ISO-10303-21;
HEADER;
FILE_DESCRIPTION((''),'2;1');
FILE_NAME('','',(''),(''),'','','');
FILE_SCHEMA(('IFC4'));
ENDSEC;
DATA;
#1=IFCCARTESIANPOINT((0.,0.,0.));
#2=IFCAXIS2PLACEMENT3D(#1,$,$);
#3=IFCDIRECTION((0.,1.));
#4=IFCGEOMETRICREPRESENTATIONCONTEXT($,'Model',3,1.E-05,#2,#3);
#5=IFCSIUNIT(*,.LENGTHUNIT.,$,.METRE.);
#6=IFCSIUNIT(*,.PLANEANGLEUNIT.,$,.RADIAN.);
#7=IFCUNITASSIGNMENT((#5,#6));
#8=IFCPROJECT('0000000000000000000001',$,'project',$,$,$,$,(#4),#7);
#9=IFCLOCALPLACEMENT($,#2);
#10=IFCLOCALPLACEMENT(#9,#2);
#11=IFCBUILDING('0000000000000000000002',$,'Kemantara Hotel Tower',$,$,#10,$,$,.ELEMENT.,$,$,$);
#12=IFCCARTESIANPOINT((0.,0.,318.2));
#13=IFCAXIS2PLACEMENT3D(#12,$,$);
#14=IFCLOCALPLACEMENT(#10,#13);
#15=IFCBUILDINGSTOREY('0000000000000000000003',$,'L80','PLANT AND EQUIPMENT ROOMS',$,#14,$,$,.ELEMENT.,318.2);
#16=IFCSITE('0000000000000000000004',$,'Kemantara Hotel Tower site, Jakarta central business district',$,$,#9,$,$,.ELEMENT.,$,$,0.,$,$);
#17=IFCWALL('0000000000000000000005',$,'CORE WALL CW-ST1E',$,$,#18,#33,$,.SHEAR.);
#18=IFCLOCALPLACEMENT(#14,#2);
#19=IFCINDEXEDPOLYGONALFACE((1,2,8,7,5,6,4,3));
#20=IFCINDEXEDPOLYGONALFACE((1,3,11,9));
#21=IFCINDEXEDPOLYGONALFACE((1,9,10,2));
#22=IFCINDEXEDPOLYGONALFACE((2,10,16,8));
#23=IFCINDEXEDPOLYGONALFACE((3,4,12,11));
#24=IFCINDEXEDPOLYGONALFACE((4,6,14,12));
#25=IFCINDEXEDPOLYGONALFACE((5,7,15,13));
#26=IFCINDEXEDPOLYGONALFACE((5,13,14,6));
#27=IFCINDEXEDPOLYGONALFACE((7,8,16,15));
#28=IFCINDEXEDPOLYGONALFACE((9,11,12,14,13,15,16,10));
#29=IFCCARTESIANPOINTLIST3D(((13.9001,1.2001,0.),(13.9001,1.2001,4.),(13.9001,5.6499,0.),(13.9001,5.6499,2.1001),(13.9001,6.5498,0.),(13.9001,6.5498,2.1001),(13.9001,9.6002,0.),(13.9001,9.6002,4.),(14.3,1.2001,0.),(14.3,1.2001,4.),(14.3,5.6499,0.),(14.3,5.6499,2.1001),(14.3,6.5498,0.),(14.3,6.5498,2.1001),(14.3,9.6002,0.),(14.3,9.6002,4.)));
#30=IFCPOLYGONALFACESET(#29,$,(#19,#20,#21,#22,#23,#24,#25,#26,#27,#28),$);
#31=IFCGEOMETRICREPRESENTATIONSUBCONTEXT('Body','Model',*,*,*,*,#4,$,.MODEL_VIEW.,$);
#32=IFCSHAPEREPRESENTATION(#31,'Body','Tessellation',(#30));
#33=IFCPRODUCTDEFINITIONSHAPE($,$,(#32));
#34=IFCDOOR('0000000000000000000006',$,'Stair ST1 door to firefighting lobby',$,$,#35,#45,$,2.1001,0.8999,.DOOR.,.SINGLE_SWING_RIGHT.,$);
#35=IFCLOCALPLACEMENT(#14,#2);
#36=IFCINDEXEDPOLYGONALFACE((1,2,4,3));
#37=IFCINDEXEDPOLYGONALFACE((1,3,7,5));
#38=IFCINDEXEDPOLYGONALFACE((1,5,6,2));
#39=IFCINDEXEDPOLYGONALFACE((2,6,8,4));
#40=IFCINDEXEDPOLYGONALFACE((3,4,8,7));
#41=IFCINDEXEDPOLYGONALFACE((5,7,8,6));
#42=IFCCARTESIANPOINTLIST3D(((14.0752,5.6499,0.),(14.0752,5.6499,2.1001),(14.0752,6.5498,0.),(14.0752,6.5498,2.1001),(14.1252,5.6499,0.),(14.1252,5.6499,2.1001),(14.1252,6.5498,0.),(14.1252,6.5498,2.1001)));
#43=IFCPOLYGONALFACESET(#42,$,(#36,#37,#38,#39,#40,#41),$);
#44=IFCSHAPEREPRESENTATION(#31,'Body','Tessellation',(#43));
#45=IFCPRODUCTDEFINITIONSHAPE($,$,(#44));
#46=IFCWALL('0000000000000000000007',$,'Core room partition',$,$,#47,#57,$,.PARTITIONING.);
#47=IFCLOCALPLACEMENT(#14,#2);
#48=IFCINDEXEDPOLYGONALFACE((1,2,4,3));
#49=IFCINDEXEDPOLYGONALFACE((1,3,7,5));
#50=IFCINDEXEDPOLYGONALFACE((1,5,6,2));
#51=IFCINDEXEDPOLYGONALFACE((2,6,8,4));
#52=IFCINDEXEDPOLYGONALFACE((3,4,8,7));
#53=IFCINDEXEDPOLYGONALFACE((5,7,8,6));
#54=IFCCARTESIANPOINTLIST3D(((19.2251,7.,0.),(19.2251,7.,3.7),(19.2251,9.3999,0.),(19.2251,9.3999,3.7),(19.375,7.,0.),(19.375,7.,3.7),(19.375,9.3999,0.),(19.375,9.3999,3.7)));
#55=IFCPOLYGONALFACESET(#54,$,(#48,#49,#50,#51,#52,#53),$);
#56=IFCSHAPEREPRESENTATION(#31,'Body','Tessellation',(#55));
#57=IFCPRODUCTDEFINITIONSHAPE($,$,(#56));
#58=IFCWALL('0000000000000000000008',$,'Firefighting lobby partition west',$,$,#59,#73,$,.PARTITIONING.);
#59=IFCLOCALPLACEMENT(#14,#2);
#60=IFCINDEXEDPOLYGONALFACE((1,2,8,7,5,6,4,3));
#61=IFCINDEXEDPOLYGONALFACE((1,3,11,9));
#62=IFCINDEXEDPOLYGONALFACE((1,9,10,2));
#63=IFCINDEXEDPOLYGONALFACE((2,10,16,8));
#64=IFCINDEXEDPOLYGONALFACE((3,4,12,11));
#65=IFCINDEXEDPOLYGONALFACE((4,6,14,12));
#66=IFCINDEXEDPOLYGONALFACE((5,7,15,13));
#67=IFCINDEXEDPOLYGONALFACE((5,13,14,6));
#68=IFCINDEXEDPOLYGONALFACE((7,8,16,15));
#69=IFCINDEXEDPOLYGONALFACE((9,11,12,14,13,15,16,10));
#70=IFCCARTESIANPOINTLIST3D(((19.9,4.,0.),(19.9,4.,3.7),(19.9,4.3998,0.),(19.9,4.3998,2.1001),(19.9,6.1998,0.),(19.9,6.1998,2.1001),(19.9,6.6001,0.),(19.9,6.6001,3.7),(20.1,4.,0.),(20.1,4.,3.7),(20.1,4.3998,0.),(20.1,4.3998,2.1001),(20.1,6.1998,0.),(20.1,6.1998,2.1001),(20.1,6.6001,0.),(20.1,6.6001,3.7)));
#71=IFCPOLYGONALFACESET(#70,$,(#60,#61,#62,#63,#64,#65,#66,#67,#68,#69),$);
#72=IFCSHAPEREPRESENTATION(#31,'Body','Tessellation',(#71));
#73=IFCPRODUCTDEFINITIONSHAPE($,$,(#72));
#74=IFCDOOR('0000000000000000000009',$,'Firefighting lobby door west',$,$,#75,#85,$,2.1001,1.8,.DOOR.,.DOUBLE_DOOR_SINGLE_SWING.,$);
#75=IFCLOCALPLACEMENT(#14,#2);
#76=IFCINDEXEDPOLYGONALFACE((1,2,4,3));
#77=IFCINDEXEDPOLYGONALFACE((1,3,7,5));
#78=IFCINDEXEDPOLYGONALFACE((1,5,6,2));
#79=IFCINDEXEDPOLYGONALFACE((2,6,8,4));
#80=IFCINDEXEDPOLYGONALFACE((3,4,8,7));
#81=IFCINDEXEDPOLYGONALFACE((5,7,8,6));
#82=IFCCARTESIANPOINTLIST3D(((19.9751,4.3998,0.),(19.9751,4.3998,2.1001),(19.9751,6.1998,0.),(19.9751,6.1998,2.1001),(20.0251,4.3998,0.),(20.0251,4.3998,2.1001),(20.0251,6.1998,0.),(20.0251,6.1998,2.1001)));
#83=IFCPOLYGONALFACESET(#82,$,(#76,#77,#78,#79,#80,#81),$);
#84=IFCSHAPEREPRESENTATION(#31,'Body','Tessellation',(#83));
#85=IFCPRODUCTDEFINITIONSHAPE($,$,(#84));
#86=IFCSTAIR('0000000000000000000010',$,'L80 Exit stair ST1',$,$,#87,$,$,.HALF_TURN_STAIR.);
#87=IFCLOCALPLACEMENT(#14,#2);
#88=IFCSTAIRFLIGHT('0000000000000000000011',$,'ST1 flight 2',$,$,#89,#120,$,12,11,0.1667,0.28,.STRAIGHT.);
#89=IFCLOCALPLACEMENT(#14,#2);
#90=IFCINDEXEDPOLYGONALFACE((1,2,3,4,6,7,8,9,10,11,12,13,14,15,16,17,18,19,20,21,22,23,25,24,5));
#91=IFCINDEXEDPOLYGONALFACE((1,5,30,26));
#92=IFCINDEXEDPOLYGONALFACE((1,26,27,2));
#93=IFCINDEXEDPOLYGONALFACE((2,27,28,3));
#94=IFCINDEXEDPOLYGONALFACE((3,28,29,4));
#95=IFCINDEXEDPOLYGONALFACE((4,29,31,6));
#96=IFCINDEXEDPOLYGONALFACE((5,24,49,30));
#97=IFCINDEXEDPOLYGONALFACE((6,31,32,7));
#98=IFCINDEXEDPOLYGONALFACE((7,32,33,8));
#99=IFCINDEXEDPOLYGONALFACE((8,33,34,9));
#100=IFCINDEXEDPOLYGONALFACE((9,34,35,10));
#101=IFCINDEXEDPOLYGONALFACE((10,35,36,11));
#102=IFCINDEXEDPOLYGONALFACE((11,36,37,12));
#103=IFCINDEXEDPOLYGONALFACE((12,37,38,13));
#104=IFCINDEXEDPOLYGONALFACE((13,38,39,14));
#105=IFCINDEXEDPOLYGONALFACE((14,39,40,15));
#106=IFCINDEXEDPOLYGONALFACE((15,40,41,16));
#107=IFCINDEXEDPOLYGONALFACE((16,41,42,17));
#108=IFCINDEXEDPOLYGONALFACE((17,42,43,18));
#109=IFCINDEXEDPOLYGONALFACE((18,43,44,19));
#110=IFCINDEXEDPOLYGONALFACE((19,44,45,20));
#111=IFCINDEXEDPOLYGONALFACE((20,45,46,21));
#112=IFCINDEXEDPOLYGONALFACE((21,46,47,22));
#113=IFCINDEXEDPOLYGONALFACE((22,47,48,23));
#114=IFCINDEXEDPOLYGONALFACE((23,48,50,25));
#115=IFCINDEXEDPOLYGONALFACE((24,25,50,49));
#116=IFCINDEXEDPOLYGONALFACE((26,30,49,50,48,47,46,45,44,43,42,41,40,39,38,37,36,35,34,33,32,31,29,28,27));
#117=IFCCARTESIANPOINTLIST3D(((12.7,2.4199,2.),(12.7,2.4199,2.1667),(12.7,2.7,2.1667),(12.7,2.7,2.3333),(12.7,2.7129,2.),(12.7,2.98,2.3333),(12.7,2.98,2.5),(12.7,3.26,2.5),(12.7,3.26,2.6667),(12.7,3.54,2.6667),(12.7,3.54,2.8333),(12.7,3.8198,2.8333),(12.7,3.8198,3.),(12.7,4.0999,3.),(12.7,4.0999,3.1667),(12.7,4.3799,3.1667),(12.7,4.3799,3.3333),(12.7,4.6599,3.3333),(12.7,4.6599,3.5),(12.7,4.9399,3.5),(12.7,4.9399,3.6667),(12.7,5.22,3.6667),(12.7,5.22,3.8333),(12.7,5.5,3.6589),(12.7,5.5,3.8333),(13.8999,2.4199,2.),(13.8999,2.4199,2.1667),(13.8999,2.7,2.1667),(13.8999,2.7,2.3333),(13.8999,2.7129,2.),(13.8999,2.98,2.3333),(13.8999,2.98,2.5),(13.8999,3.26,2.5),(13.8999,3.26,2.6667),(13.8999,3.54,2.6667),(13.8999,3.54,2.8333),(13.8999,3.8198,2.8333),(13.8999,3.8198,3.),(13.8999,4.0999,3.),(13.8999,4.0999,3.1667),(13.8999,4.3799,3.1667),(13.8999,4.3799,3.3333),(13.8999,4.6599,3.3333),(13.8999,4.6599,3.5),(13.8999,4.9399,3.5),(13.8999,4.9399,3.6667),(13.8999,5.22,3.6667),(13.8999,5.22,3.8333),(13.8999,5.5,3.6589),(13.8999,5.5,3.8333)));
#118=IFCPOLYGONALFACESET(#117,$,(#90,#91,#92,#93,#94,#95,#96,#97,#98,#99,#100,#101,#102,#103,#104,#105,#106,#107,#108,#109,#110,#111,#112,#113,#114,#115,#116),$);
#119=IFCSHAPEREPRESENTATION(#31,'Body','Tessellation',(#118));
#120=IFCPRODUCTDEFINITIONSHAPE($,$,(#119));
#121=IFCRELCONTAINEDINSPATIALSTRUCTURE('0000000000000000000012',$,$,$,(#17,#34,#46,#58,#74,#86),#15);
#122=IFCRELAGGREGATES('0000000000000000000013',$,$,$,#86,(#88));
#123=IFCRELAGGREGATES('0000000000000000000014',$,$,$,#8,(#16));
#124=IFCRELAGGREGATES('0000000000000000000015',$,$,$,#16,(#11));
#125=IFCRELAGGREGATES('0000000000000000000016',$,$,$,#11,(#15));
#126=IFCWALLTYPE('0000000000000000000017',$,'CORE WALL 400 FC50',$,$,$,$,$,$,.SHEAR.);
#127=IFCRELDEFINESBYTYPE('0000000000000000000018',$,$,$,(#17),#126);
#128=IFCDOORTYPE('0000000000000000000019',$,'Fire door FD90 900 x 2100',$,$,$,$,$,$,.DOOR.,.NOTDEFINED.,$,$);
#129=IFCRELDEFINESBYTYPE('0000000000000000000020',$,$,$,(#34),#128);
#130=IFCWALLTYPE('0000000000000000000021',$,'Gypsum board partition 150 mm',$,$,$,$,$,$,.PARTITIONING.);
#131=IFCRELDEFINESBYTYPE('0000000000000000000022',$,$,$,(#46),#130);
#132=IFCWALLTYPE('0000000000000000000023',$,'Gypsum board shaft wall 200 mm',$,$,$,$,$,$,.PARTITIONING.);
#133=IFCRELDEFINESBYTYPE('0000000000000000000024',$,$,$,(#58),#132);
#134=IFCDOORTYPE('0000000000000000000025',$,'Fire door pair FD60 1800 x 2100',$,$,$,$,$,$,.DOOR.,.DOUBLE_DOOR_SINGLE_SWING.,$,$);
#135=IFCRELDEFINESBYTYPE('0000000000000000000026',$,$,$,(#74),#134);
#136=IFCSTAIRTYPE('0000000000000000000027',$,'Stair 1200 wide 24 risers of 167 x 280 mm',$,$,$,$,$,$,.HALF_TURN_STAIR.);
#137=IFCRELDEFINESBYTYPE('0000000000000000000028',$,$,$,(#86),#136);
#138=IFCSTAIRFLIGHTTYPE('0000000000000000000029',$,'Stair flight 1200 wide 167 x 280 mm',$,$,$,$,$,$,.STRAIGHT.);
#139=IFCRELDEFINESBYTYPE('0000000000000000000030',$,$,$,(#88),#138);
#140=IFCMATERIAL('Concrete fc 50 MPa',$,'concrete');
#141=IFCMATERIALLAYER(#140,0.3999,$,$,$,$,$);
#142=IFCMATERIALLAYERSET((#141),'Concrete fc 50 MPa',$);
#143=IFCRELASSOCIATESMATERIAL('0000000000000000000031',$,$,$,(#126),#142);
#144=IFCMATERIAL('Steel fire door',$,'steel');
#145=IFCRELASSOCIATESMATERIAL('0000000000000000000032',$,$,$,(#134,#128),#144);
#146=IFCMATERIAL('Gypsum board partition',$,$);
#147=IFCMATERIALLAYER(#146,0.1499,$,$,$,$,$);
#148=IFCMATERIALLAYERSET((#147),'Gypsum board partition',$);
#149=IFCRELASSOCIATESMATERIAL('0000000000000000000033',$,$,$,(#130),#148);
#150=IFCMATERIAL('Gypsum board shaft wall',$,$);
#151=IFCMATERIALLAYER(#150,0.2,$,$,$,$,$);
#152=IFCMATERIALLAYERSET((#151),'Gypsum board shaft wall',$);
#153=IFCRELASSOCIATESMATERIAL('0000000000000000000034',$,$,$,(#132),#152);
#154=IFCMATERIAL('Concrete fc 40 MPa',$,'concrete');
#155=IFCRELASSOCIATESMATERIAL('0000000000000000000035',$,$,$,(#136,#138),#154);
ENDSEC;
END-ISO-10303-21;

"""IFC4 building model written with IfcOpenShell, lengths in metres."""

from ifc_helpers import new_model, si_unit, direction, frame, frame_2d, origin, place, context, subcontext, project, spatial, polyline, rectangle, outline, extrude, material, layer, layer_set, type_object, element, fill, aggregate, save


model = new_model("IFC4")

# Units and contexts
model_context = context("Model", 3, precision=1e-05, world=origin(), true_north=direction((0.0, 1.0)))
body_context = subcontext(model_context, "Body", "Model", "MODEL_VIEW")
ifc_project = project(units=[si_unit("LENGTHUNIT", "METRE"), si_unit("PLANEANGLEUNIT", "RADIAN")], contexts=[model_context])

# Site, building, storey
site_placement = place(None, origin())
site = spatial("IfcSite", under=ifc_project, at=site_placement, Name="Kemantara Hotel Tower site, Jakarta central business district", CompositionType="ELEMENT", RefElevation=0.0)
building_placement = place(site_placement, origin())
building = spatial("IfcBuilding", under=site, at=building_placement, Name="Kemantara Hotel Tower", CompositionType="ELEMENT")
storey_placement = place(building_placement, frame((0.0, 0.0, 318.2)))
storey = spatial("IfcBuildingStorey", under=building, at=storey_placement, Name="L80", Description="PLANT AND EQUIPMENT ROOMS", CompositionType="ELEMENT", Elevation=318.2)

# Shared definitions
ifc_material_1 = material(Name="Concrete fc 50 MPa", Category="concrete")

# Shared definitions
ifc_layer_1 = layer(ifc_material_1, 0.3999)
ifc_layer_set_1 = layer_set([ifc_layer_1], Name="Concrete fc 50 MPa")
wall_type_1 = type_object("IfcWallType", Name="CORE WALL 400 FC50", PredefinedType="SHEAR", material=ifc_layer_set_1)
ifc_material_2 = material(Name="Steel fire door", Category="steel")
door_type_1 = type_object("IfcDoorType", Name="Fire door pair FD60 1800 x 2100", OperationType="DOUBLE_DOOR_SINGLE_SWING", PredefinedType="DOOR", material=ifc_material_2)

# Wall, opening, door
wall_1_placement = place(storey_placement, frame((14.1001, 1.2, 0.0), z_axis=(0.0, 0.0, 1.0), x_axis=(0.0, 1.0, 0.0)))
wall_1 = element("IfcWall", 1, at=wall_1_placement, inside=storey, type_object=wall_type_1, Name="CORE WALL CW-ST1E", PredefinedType="SHEAR", context=body_context, shape_type="SweptSolid", body=[
    extrude(rectangle(XDim=8.4001, YDim=0.3999, at=frame_2d((4.2002, 0.0))), origin(), (0.0, 0.0, 1.0), 4.0),
])
opening_1_placement = place(wall_1_placement, frame((4.45, 0.0, 0.0)))
opening_1 = element("IfcOpeningElement", 2, at=opening_1_placement, cuts=wall_1, PredefinedType="OPENING", context=body_context, shape_type="SweptSolid", body=[
    extrude(rectangle(XDim=0.8999, YDim=2.1001, at=frame_2d((0.45, 1.05))), frame((0.0, 0.21, 0.0), z_axis=(0.0, -1.0, 0.0), x_axis=(1.0, 0.0, 0.0)), (0.0, 0.0, 1.0), 0.4199),
])
door_type_2 = type_object("IfcDoorType", Name="Fire door FD90 900 x 2100", OperationType="NOTDEFINED", PredefinedType="DOOR", material=ifc_material_2)
door_1_placement = place(opening_1_placement, origin())
door_1 = element("IfcDoor", 3, at=door_1_placement, inside=storey, type_object=door_type_2, Name="Stair ST1 door to firefighting lobby", OperationType="SINGLE_SWING_RIGHT", OverallHeight=2.1001, OverallWidth=0.8999, PredefinedType="DOOR", context=body_context, shape_type="SweptSolid", body=[
    extrude(rectangle(XDim=0.8999, YDim=2.1001, at=frame_2d((0.45, 1.05))), frame((0.0, 0.0249, 0.0), z_axis=(0.0, -1.0, 0.0), x_axis=(1.0, 0.0, 0.0)), (0.0, 0.0, 1.0), 0.05),
])
fill(opening_1, door_1)

# Wall
ifc_material_3 = material(Name="Gypsum board partition")
ifc_layer_2 = layer(ifc_material_3, 0.1499)
ifc_layer_set_2 = layer_set([ifc_layer_2], Name="Gypsum board partition")
wall_type_2 = type_object("IfcWallType", Name="Gypsum board partition 150 mm", PredefinedType="PARTITIONING", material=ifc_layer_set_2)
wall_2_placement = place(storey_placement, frame((19.3, 7.0, 0.0), z_axis=(0.0, 0.0, 1.0), x_axis=(0.0, 1.0, 0.0)))
element("IfcWall", 4, at=wall_2_placement, inside=storey, type_object=wall_type_2, Name="Core room partition", PredefinedType="PARTITIONING", context=body_context, shape_type="SweptSolid", body=[
    extrude(rectangle(XDim=2.3999, YDim=0.1499, at=frame_2d((1.2, 0.0))), origin(), (0.0, 0.0, 1.0), 3.7),
])

# Wall, opening, door
ifc_material_4 = material(Name="Gypsum board shaft wall")
ifc_layer_3 = layer(ifc_material_4, 0.2)
ifc_layer_set_3 = layer_set([ifc_layer_3], Name="Gypsum board shaft wall")
wall_type_3 = type_object("IfcWallType", Name="Gypsum board shaft wall 200 mm", PredefinedType="PARTITIONING", material=ifc_layer_set_3)
wall_3_placement = place(storey_placement, frame((20.0, 4.0, 0.0), z_axis=(0.0, 0.0, 1.0), x_axis=(0.0, 1.0, 0.0)))
wall_3 = element("IfcWall", 5, at=wall_3_placement, inside=storey, type_object=wall_type_3, Name="Firefighting lobby partition west", PredefinedType="PARTITIONING", context=body_context, shape_type="SweptSolid", body=[
    extrude(rectangle(XDim=2.6001, YDim=0.2, at=frame_2d((1.3, 0.0))), origin(), (0.0, 0.0, 1.0), 3.7),
])
opening_2_placement = place(wall_3_placement, frame((0.3999, 0.0, 0.0)))
opening_2 = element("IfcOpeningElement", 6, at=opening_2_placement, cuts=wall_3, PredefinedType="OPENING", context=body_context, shape_type="SweptSolid", body=[
    extrude(rectangle(XDim=1.8, YDim=2.1001, at=frame_2d((0.8999, 1.05))), frame((0.0, 0.1099, 0.0), z_axis=(0.0, -1.0, 0.0), x_axis=(1.0, 0.0, 0.0)), (0.0, 0.0, 1.0), 0.22),
])
door_2_placement = place(opening_2_placement, origin())
door_2 = element("IfcDoor", 7, at=door_2_placement, inside=storey, type_object=door_type_1, Name="Firefighting lobby door west", OperationType="DOUBLE_DOOR_SINGLE_SWING", OverallHeight=2.1001, OverallWidth=1.8, PredefinedType="DOOR", context=body_context, shape_type="SweptSolid", body=[
    extrude(rectangle(XDim=1.8, YDim=2.1001, at=frame_2d((0.8999, 1.05))), frame((0.0, 0.0249, 0.0), z_axis=(0.0, -1.0, 0.0), x_axis=(1.0, 0.0, 0.0)), (0.0, 0.0, 1.0), 0.05),
])
fill(opening_2, door_2)

# Stair, stair flight
ifc_material_5 = material(Name="Concrete fc 40 MPa", Category="concrete")
stair_type = type_object("IfcStairType", Name="Stair 1200 wide 24 risers of 167 x 280 mm", PredefinedType="HALF_TURN_STAIR", material=ifc_material_5)
stair_placement = place(storey_placement, origin())
stair = element("IfcStair", 8, at=stair_placement, inside=storey, type_object=stair_type, Name="L80 Exit stair ST1", PredefinedType="HALF_TURN_STAIR")
stair_flight_type = type_object("IfcStairFlightType", Name="Stair flight 1200 wide 167 x 280 mm", PredefinedType="STRAIGHT", material=ifc_material_5)
stair_flight_placement = place(storey_placement, frame((13.3, 2.4199, 2.0), z_axis=(0.0, 0.0, 1.0), x_axis=(0.0, 1.0, 0.0)))
stair_flight = element("IfcStairFlight", 9, at=stair_flight_placement, type_object=stair_flight_type, Name="ST1 flight 2", NumberOfRisers=12, NumberOfTreads=11, PredefinedType="STRAIGHT", RiserHeight=0.1667, TreadLength=0.28, context=body_context, shape_type="SweptSolid", body=[
    extrude(outline(polyline([(0.0, 0.0), (0.0, 0.1667), (0.28, 0.1667), (0.28, 0.3333), (0.5601, 0.3333), (0.5601, 0.5), (0.8401, 0.5), (0.8401, 0.6667), (1.1201, 0.6667), (1.1201, 0.8333), (1.3999, 0.8333), (1.3999, 1.0), (1.6799, 1.0), (1.6799, 1.1667), (1.96, 1.1667), (1.96, 1.3333), (2.24, 1.3333), (2.24, 1.5), (2.52, 1.5), (2.52, 1.6667), (2.8, 1.6667), (2.8, 1.8333), (3.0801, 1.8333), (3.0801, 2.0), (3.0801, 1.6589), (0.293, 0.0), (0.0, 0.0)])), frame((0.0, 0.6001, 0.0), z_axis=(0.0, -1.0, 0.0), x_axis=(1.0, 0.0, 0.0)), (0.0, 0.0, 1.0), 1.2),
])
aggregate(stair, [stair_flight])

save(model, "model.ifc")
